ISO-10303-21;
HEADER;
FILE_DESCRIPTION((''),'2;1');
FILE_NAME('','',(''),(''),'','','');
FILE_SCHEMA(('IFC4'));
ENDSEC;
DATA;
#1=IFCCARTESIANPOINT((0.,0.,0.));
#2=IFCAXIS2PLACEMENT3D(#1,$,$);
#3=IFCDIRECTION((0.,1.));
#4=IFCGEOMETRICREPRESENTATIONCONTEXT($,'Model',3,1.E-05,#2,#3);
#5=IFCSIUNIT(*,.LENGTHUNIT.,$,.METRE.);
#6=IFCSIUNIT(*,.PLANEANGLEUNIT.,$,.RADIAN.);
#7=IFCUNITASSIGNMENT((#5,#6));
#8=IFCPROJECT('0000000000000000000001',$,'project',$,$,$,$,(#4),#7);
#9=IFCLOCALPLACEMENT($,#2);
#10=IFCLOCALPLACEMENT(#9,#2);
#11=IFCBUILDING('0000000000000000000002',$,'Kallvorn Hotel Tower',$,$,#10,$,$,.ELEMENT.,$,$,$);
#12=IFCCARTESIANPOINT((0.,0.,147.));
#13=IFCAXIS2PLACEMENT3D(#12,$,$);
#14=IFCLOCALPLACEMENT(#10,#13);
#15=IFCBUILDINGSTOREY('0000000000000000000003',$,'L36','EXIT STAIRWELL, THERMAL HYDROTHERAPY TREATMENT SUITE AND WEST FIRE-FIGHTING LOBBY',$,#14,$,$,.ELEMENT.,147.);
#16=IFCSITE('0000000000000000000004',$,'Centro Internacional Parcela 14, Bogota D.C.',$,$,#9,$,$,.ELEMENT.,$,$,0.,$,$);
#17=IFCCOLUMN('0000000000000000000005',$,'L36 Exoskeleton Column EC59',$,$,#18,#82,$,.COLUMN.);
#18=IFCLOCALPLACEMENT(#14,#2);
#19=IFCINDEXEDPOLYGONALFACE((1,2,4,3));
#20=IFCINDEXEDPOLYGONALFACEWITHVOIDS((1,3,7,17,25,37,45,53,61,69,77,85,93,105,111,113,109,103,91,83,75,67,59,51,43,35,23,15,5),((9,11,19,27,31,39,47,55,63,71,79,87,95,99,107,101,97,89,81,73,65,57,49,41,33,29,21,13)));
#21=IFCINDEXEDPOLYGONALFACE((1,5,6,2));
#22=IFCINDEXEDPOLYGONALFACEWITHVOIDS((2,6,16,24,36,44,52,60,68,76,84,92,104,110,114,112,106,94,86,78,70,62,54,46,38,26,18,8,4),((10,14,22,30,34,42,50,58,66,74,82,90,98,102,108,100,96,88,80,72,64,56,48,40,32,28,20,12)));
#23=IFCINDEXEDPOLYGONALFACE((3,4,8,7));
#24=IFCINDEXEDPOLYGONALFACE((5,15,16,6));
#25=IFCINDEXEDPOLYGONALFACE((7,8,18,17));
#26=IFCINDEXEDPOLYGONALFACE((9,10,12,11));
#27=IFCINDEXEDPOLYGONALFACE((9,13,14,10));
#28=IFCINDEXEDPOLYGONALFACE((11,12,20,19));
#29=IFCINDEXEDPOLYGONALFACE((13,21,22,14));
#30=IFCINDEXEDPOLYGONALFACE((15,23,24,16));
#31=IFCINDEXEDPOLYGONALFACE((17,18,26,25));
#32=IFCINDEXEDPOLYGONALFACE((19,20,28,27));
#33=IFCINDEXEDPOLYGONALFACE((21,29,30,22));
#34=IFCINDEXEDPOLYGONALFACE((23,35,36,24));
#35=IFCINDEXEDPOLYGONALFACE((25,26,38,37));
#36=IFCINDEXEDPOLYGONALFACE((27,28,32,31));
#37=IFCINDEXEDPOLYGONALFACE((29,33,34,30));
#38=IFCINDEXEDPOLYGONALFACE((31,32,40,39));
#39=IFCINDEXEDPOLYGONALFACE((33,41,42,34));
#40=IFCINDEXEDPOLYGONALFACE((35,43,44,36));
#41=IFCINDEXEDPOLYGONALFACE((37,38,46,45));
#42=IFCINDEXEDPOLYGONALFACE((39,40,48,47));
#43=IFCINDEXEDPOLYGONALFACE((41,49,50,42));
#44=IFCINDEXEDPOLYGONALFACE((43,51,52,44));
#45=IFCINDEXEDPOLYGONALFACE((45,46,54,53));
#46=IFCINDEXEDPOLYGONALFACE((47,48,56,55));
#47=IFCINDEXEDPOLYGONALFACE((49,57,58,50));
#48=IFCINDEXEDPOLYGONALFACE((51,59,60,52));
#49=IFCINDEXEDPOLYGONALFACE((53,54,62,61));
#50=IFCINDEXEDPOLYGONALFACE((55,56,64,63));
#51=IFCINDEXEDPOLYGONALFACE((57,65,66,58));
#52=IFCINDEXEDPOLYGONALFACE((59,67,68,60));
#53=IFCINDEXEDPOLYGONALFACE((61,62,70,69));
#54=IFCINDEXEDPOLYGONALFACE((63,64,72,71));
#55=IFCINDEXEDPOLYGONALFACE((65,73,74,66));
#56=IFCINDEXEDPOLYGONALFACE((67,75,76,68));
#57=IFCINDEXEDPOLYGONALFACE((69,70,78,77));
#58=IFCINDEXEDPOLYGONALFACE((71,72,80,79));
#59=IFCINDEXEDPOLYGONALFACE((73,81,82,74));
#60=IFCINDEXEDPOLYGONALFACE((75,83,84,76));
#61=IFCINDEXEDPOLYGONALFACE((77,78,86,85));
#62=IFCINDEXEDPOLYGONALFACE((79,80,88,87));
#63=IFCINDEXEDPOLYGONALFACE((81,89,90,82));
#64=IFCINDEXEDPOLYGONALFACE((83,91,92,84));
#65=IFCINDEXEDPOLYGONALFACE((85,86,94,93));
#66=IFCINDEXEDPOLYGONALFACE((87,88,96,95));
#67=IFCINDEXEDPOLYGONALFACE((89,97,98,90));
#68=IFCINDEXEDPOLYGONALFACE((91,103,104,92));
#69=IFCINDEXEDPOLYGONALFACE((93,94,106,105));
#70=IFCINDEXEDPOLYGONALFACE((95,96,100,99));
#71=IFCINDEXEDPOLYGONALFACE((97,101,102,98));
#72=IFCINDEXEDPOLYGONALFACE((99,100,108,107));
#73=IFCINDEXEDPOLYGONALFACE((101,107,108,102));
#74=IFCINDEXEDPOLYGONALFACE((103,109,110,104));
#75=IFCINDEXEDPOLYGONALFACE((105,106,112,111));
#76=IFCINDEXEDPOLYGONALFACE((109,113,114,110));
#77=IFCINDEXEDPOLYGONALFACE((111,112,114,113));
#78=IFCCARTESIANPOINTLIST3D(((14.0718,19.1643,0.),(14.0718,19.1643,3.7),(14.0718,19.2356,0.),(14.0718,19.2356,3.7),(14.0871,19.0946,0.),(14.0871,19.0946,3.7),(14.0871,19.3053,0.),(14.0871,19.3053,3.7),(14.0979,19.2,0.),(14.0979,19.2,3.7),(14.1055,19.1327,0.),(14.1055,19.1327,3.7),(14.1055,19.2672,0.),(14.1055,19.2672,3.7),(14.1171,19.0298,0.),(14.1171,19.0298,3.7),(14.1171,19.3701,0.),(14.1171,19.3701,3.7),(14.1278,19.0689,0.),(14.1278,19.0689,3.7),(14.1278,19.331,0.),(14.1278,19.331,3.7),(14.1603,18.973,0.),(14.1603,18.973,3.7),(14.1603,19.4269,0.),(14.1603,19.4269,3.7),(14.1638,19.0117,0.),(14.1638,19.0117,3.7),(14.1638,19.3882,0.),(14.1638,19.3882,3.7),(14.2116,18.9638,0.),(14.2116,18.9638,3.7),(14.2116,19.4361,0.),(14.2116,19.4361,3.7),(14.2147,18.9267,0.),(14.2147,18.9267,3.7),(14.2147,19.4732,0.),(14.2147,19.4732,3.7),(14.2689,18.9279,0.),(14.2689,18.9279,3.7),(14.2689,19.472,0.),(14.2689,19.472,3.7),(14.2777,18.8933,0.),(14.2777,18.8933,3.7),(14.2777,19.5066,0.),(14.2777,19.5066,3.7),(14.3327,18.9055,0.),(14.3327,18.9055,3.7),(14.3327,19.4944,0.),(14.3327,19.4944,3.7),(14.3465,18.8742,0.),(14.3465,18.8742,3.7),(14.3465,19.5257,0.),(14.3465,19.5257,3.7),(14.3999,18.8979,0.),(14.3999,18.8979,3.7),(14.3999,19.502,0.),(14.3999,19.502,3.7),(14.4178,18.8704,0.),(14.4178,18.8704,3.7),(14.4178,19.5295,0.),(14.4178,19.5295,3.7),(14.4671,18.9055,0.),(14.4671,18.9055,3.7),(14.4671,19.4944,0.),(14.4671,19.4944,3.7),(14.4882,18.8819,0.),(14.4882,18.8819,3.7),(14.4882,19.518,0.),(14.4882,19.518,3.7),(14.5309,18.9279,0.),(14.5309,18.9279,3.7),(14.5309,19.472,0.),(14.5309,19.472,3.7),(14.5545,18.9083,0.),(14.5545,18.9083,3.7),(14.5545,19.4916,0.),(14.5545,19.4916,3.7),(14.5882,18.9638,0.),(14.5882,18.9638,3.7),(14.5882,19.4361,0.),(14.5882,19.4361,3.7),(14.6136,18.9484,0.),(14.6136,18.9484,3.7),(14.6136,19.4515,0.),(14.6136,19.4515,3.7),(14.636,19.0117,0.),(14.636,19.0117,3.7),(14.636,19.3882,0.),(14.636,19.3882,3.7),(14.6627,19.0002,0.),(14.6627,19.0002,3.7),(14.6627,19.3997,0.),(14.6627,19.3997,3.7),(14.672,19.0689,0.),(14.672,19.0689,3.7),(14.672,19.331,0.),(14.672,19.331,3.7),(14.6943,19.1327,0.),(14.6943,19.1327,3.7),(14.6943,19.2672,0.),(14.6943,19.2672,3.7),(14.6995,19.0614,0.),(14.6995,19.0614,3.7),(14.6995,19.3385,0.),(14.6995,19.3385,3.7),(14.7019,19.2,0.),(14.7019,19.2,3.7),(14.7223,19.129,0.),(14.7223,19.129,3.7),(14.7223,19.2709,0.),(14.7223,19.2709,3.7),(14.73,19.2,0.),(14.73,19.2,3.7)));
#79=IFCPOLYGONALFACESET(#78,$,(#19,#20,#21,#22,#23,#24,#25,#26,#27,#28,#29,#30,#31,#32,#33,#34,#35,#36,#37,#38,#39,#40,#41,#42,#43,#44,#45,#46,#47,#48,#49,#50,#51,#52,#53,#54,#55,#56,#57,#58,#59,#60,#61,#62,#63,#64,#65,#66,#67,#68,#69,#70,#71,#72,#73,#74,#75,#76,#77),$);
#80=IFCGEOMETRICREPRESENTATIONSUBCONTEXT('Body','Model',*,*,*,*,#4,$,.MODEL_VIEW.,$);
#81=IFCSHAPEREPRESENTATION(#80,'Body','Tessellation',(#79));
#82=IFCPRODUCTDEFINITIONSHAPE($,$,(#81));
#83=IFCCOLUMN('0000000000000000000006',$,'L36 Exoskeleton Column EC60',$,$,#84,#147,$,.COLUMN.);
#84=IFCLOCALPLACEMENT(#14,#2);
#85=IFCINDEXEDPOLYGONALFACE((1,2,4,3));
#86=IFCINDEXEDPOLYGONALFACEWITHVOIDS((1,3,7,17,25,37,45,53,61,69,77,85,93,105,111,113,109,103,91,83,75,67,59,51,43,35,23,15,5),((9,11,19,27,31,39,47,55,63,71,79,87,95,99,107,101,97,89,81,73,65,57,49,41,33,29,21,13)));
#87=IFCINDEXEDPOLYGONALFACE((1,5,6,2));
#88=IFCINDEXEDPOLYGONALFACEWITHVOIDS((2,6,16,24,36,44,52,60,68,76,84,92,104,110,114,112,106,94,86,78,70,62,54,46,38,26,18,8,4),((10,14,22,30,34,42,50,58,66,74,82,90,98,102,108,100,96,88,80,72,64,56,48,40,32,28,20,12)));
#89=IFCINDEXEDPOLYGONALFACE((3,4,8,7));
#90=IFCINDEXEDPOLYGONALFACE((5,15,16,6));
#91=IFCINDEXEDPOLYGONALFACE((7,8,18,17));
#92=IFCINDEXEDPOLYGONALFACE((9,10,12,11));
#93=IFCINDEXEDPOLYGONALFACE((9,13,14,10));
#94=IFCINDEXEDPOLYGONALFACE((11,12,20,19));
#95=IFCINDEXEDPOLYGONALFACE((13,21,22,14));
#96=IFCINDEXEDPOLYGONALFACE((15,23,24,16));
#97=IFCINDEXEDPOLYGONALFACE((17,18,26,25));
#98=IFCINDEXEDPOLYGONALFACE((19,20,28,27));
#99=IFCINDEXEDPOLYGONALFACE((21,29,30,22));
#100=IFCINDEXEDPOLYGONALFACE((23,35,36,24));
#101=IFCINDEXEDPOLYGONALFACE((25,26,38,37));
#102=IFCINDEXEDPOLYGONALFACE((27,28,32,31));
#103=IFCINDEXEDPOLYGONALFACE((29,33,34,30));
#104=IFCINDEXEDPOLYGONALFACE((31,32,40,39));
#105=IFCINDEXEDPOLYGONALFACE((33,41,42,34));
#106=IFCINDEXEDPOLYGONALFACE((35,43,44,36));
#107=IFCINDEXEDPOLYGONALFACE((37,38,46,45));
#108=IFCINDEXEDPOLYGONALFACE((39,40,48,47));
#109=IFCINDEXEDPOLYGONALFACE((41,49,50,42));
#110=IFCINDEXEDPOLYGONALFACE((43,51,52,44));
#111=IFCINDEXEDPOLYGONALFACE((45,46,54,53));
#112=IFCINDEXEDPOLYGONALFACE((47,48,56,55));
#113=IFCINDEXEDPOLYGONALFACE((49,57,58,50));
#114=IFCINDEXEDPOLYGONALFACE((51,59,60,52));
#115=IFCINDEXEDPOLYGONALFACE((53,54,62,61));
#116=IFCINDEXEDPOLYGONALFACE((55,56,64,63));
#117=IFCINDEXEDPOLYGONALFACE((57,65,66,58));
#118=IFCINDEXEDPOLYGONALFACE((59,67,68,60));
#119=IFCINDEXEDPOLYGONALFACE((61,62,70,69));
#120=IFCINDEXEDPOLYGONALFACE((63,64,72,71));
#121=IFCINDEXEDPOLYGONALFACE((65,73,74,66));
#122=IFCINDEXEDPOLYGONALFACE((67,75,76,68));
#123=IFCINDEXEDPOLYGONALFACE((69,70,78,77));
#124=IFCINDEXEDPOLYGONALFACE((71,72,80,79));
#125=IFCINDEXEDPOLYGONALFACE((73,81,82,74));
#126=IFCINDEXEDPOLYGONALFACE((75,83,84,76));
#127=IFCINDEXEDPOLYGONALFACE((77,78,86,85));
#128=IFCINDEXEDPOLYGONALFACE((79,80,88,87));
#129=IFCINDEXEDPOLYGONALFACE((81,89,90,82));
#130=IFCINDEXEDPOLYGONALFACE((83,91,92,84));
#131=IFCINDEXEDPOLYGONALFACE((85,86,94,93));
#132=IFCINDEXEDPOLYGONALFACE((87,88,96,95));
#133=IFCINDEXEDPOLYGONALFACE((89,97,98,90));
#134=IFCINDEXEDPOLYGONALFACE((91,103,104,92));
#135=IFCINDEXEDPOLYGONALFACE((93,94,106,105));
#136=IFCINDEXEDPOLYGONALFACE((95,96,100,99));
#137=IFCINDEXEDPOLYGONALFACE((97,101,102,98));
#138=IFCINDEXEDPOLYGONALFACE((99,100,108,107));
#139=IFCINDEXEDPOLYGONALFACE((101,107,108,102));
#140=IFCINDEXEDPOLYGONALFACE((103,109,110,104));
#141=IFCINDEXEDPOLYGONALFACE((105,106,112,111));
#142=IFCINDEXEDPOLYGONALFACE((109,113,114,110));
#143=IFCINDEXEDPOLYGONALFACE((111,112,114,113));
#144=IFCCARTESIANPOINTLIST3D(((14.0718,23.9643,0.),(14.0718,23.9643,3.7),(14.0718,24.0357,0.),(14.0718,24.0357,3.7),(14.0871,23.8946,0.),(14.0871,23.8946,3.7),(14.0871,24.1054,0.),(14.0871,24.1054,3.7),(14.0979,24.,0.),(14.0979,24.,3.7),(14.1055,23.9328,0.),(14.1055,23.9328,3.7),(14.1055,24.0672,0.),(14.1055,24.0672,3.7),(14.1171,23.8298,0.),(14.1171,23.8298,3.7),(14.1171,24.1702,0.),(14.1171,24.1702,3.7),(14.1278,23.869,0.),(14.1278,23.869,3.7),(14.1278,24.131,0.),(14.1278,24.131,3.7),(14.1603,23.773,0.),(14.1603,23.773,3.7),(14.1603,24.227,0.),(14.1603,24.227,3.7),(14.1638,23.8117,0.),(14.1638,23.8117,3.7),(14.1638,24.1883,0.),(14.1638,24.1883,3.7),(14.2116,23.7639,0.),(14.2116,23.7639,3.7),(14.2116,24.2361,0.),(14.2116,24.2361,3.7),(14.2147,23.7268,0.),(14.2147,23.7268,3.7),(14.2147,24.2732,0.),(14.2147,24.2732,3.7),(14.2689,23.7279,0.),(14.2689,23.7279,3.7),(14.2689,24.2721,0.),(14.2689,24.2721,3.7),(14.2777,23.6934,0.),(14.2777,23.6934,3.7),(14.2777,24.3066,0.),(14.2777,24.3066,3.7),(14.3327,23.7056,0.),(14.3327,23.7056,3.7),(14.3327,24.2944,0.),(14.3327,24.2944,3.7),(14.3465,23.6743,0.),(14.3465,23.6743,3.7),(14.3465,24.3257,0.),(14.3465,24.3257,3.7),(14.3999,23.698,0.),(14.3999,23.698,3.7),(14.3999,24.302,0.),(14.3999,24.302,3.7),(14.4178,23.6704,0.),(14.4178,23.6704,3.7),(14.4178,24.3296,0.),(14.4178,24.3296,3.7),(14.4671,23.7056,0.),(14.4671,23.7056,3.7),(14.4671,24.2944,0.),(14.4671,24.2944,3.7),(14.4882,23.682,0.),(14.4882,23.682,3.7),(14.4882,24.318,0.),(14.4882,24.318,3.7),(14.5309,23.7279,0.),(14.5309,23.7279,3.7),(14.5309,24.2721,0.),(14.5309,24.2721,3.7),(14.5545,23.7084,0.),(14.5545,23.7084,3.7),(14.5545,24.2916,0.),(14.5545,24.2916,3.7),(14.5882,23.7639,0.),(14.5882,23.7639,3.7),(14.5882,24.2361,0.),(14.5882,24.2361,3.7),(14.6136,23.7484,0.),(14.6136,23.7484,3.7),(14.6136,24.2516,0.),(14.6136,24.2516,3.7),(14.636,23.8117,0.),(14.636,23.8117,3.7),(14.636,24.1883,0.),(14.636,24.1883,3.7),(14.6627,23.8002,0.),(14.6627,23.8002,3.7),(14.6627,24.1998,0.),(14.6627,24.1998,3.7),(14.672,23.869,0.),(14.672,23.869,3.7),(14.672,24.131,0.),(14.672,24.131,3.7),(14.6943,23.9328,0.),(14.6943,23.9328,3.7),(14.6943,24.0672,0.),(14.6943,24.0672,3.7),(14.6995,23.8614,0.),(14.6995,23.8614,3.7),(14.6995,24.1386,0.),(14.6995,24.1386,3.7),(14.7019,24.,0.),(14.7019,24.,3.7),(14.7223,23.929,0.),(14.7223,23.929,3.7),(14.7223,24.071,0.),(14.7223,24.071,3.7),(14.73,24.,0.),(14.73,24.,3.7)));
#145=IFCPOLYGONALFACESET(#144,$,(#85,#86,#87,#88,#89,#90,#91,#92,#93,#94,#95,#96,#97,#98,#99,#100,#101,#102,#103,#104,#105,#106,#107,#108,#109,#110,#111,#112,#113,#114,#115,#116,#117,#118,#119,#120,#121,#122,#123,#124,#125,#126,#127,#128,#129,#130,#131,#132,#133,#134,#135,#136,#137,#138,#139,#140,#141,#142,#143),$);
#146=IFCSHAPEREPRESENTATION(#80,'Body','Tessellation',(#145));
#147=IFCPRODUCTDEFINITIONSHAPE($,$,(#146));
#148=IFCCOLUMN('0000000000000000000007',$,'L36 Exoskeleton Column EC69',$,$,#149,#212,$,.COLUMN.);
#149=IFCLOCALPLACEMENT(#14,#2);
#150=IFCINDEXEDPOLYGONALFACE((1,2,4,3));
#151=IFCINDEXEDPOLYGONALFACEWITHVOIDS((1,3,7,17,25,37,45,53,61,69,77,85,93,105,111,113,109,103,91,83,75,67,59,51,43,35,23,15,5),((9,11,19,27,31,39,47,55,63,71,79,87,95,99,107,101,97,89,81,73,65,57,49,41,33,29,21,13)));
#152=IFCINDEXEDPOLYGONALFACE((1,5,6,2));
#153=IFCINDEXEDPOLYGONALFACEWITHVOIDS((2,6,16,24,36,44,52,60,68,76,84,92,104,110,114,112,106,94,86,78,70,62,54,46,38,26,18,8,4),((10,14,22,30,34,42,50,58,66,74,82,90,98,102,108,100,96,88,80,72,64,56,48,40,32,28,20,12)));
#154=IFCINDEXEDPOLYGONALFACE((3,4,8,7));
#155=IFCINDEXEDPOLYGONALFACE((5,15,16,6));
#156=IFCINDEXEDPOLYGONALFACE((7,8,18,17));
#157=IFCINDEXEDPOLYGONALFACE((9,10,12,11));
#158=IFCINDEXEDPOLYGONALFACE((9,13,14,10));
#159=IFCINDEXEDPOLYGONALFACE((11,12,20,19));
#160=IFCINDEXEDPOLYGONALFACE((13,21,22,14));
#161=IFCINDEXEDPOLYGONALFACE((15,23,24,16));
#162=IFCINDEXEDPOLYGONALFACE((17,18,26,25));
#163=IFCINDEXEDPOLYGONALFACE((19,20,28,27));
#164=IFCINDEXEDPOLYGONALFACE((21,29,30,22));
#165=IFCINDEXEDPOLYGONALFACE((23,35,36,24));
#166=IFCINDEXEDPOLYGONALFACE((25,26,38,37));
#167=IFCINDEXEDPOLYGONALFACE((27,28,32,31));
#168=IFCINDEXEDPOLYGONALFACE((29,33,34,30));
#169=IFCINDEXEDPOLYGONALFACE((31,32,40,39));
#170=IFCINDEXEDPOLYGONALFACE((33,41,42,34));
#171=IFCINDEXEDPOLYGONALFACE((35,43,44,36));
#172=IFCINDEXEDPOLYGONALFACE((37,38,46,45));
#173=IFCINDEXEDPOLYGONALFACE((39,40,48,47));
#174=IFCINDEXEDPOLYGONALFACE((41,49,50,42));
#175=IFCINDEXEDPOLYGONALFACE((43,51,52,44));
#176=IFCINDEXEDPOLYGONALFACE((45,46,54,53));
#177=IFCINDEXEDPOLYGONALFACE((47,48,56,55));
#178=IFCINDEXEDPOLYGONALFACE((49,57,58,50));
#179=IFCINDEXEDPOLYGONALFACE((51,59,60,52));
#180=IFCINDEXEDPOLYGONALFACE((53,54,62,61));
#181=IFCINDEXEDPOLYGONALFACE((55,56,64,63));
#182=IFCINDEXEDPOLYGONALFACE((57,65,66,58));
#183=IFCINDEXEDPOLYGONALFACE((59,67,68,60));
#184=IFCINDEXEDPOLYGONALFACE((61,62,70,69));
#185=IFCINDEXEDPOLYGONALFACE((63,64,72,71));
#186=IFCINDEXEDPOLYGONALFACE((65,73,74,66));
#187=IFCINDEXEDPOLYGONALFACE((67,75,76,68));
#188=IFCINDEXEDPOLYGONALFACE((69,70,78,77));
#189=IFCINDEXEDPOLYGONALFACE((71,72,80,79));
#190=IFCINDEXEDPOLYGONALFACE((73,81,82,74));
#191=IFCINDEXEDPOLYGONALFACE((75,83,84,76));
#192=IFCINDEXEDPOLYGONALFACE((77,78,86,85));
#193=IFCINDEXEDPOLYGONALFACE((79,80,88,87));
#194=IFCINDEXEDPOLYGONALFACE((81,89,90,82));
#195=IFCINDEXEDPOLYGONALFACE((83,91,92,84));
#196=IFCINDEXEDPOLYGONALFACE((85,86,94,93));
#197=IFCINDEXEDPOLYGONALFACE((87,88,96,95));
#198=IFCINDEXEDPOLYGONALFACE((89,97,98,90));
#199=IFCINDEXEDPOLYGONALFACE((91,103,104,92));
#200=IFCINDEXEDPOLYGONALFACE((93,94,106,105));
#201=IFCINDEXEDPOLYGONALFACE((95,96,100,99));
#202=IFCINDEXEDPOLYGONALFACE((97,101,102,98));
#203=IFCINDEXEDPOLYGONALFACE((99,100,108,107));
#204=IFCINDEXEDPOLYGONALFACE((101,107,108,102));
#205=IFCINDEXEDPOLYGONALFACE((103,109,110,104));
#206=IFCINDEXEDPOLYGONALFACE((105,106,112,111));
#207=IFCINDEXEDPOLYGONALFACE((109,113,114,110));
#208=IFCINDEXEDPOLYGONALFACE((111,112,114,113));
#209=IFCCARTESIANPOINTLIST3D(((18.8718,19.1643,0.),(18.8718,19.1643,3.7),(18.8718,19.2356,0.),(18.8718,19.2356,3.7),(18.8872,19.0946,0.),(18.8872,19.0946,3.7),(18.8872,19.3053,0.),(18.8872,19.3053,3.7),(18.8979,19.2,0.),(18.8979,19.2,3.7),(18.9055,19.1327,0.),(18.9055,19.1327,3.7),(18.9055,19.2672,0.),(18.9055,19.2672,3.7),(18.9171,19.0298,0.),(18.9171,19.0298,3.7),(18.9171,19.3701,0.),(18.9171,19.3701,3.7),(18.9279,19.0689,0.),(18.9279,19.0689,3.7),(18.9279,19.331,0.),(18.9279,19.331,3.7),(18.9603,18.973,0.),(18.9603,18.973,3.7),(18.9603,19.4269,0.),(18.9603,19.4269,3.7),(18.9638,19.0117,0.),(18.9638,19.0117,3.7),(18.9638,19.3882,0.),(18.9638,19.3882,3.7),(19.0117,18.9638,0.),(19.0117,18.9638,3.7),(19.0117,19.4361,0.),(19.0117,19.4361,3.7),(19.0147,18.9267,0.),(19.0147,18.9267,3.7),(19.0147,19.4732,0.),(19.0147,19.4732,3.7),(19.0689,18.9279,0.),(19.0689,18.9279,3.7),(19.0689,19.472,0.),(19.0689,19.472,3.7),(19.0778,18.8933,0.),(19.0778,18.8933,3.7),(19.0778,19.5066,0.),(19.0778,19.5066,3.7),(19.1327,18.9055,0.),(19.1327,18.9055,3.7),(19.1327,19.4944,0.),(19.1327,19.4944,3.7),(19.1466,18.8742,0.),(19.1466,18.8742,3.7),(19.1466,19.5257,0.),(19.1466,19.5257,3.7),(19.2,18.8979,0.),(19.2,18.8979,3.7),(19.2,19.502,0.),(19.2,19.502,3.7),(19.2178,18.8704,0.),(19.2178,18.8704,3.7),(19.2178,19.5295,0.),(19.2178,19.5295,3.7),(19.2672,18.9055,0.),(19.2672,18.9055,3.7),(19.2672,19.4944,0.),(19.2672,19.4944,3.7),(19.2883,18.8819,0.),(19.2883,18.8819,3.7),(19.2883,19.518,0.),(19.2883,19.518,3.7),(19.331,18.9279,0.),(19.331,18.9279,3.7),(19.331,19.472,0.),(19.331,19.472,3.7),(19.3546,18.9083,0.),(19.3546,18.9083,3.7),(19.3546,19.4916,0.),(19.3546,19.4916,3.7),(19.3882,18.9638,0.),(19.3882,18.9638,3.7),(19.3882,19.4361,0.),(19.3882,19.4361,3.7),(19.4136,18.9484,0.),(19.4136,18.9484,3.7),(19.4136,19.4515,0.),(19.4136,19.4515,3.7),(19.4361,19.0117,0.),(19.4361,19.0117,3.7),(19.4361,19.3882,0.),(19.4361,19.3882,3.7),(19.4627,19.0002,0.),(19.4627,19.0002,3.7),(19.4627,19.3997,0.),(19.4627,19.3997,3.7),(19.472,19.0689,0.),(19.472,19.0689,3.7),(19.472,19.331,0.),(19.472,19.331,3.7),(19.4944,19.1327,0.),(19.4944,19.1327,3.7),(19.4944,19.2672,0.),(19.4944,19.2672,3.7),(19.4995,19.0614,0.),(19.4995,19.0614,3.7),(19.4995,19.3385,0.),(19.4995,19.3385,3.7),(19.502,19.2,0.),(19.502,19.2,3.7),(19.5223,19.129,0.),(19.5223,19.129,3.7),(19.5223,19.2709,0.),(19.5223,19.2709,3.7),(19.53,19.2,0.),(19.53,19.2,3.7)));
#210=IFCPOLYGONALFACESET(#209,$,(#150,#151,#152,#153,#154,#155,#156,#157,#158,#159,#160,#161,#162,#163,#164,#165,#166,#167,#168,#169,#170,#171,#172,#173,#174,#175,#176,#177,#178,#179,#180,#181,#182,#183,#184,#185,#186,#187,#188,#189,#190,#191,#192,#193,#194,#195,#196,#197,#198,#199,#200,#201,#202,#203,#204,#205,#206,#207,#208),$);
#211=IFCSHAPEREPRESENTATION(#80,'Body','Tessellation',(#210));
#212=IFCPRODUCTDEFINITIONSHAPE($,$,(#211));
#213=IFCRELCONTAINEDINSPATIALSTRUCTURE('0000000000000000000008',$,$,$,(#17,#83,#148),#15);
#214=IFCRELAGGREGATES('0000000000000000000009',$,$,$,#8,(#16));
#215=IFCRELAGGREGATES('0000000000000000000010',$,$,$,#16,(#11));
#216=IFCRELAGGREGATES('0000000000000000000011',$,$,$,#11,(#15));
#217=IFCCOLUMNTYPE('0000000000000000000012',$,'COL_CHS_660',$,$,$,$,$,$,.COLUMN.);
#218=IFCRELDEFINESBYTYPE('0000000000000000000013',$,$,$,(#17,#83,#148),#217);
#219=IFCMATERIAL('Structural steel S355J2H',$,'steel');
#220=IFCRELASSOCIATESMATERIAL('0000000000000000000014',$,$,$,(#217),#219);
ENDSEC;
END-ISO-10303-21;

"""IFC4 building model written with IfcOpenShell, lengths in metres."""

from ifc_helpers import new_model, si_unit, direction, frame, origin, origin_2d, place, context, subcontext, project, spatial, hollow_circle, extrude, material, material_profile, profile_set, type_object, element, save


model = new_model("IFC4")

# Units and contexts
model_context = context("Model", 3, precision=1e-05, world=origin(), true_north=direction((0.0, 1.0)))
body_context = subcontext(model_context, "Body", "Model", "MODEL_VIEW")
ifc_project = project(units=[si_unit("LENGTHUNIT", "METRE"), si_unit("PLANEANGLEUNIT", "RADIAN")], contexts=[model_context])

# Site, building, storey
site_placement = place(None, origin())
site = spatial("IfcSite", under=ifc_project, at=site_placement, Name="Centro Internacional Parcela 14, Bogota D.C.", CompositionType="ELEMENT", RefElevation=0.0)
building_placement = place(site_placement, origin())
building = spatial("IfcBuilding", under=site, at=building_placement, Name="Kallvorn Hotel Tower", CompositionType="ELEMENT")
storey_placement = place(building_placement, frame((0.0, 0.0, 147.0)))
storey = spatial("IfcBuildingStorey", under=building, at=storey_placement, Name="L36", Description="EXIT STAIRWELL, THERMAL HYDROTHERAPY TREATMENT SUITE AND WEST FIRE-FIGHTING LOBBY", CompositionType="ELEMENT", Elevation=147.0)

# Columns
ifc_material_1 = material(Name="Structural steel S355J2H", Category="steel")
ifc_material_profile_1 = material_profile(ifc_material_1, hollow_circle(Radius=0.3301, WallThickness=0.0281, at=origin_2d()), Name="CHS 660x28")
ifc_profile_set_1 = profile_set([ifc_material_profile_1], Name="Structural steel S355J2H")
column_type = type_object("IfcColumnType", Name="COL_CHS_660", PredefinedType="COLUMN", material=ifc_profile_set_1)
for number, where, z_axis, x_axis, name in (
    (1, (14.3999, 19.2, 0.0), (0.0, 0.0, 1.0), (1.0, 0.0, 0.0), "L36 Exoskeleton Column EC59"),
    (2, (14.3999, 24.0, 0.0), (0.0, 0.0, 1.0), (1.0, 0.0, 0.0), "L36 Exoskeleton Column EC60"),
    (3, (19.2, 19.2, 0.0), (0.0, 0.0, 1.0), (1.0, 0.0, 0.0), "L36 Exoskeleton Column EC69"),
):
    element("IfcColumn", number, at=place(storey_placement, frame(where, z_axis=z_axis, x_axis=x_axis)), inside=storey, type_object=column_type, Name=name, PredefinedType="COLUMN", context=body_context, shape_type="SweptSolid", body=[
        extrude(hollow_circle(Radius=0.3301, WallThickness=0.0281, at=origin_2d()), origin(), (0.0, 0.0, 1.0), 3.7),
    ])

save(model, "model.ifc")
